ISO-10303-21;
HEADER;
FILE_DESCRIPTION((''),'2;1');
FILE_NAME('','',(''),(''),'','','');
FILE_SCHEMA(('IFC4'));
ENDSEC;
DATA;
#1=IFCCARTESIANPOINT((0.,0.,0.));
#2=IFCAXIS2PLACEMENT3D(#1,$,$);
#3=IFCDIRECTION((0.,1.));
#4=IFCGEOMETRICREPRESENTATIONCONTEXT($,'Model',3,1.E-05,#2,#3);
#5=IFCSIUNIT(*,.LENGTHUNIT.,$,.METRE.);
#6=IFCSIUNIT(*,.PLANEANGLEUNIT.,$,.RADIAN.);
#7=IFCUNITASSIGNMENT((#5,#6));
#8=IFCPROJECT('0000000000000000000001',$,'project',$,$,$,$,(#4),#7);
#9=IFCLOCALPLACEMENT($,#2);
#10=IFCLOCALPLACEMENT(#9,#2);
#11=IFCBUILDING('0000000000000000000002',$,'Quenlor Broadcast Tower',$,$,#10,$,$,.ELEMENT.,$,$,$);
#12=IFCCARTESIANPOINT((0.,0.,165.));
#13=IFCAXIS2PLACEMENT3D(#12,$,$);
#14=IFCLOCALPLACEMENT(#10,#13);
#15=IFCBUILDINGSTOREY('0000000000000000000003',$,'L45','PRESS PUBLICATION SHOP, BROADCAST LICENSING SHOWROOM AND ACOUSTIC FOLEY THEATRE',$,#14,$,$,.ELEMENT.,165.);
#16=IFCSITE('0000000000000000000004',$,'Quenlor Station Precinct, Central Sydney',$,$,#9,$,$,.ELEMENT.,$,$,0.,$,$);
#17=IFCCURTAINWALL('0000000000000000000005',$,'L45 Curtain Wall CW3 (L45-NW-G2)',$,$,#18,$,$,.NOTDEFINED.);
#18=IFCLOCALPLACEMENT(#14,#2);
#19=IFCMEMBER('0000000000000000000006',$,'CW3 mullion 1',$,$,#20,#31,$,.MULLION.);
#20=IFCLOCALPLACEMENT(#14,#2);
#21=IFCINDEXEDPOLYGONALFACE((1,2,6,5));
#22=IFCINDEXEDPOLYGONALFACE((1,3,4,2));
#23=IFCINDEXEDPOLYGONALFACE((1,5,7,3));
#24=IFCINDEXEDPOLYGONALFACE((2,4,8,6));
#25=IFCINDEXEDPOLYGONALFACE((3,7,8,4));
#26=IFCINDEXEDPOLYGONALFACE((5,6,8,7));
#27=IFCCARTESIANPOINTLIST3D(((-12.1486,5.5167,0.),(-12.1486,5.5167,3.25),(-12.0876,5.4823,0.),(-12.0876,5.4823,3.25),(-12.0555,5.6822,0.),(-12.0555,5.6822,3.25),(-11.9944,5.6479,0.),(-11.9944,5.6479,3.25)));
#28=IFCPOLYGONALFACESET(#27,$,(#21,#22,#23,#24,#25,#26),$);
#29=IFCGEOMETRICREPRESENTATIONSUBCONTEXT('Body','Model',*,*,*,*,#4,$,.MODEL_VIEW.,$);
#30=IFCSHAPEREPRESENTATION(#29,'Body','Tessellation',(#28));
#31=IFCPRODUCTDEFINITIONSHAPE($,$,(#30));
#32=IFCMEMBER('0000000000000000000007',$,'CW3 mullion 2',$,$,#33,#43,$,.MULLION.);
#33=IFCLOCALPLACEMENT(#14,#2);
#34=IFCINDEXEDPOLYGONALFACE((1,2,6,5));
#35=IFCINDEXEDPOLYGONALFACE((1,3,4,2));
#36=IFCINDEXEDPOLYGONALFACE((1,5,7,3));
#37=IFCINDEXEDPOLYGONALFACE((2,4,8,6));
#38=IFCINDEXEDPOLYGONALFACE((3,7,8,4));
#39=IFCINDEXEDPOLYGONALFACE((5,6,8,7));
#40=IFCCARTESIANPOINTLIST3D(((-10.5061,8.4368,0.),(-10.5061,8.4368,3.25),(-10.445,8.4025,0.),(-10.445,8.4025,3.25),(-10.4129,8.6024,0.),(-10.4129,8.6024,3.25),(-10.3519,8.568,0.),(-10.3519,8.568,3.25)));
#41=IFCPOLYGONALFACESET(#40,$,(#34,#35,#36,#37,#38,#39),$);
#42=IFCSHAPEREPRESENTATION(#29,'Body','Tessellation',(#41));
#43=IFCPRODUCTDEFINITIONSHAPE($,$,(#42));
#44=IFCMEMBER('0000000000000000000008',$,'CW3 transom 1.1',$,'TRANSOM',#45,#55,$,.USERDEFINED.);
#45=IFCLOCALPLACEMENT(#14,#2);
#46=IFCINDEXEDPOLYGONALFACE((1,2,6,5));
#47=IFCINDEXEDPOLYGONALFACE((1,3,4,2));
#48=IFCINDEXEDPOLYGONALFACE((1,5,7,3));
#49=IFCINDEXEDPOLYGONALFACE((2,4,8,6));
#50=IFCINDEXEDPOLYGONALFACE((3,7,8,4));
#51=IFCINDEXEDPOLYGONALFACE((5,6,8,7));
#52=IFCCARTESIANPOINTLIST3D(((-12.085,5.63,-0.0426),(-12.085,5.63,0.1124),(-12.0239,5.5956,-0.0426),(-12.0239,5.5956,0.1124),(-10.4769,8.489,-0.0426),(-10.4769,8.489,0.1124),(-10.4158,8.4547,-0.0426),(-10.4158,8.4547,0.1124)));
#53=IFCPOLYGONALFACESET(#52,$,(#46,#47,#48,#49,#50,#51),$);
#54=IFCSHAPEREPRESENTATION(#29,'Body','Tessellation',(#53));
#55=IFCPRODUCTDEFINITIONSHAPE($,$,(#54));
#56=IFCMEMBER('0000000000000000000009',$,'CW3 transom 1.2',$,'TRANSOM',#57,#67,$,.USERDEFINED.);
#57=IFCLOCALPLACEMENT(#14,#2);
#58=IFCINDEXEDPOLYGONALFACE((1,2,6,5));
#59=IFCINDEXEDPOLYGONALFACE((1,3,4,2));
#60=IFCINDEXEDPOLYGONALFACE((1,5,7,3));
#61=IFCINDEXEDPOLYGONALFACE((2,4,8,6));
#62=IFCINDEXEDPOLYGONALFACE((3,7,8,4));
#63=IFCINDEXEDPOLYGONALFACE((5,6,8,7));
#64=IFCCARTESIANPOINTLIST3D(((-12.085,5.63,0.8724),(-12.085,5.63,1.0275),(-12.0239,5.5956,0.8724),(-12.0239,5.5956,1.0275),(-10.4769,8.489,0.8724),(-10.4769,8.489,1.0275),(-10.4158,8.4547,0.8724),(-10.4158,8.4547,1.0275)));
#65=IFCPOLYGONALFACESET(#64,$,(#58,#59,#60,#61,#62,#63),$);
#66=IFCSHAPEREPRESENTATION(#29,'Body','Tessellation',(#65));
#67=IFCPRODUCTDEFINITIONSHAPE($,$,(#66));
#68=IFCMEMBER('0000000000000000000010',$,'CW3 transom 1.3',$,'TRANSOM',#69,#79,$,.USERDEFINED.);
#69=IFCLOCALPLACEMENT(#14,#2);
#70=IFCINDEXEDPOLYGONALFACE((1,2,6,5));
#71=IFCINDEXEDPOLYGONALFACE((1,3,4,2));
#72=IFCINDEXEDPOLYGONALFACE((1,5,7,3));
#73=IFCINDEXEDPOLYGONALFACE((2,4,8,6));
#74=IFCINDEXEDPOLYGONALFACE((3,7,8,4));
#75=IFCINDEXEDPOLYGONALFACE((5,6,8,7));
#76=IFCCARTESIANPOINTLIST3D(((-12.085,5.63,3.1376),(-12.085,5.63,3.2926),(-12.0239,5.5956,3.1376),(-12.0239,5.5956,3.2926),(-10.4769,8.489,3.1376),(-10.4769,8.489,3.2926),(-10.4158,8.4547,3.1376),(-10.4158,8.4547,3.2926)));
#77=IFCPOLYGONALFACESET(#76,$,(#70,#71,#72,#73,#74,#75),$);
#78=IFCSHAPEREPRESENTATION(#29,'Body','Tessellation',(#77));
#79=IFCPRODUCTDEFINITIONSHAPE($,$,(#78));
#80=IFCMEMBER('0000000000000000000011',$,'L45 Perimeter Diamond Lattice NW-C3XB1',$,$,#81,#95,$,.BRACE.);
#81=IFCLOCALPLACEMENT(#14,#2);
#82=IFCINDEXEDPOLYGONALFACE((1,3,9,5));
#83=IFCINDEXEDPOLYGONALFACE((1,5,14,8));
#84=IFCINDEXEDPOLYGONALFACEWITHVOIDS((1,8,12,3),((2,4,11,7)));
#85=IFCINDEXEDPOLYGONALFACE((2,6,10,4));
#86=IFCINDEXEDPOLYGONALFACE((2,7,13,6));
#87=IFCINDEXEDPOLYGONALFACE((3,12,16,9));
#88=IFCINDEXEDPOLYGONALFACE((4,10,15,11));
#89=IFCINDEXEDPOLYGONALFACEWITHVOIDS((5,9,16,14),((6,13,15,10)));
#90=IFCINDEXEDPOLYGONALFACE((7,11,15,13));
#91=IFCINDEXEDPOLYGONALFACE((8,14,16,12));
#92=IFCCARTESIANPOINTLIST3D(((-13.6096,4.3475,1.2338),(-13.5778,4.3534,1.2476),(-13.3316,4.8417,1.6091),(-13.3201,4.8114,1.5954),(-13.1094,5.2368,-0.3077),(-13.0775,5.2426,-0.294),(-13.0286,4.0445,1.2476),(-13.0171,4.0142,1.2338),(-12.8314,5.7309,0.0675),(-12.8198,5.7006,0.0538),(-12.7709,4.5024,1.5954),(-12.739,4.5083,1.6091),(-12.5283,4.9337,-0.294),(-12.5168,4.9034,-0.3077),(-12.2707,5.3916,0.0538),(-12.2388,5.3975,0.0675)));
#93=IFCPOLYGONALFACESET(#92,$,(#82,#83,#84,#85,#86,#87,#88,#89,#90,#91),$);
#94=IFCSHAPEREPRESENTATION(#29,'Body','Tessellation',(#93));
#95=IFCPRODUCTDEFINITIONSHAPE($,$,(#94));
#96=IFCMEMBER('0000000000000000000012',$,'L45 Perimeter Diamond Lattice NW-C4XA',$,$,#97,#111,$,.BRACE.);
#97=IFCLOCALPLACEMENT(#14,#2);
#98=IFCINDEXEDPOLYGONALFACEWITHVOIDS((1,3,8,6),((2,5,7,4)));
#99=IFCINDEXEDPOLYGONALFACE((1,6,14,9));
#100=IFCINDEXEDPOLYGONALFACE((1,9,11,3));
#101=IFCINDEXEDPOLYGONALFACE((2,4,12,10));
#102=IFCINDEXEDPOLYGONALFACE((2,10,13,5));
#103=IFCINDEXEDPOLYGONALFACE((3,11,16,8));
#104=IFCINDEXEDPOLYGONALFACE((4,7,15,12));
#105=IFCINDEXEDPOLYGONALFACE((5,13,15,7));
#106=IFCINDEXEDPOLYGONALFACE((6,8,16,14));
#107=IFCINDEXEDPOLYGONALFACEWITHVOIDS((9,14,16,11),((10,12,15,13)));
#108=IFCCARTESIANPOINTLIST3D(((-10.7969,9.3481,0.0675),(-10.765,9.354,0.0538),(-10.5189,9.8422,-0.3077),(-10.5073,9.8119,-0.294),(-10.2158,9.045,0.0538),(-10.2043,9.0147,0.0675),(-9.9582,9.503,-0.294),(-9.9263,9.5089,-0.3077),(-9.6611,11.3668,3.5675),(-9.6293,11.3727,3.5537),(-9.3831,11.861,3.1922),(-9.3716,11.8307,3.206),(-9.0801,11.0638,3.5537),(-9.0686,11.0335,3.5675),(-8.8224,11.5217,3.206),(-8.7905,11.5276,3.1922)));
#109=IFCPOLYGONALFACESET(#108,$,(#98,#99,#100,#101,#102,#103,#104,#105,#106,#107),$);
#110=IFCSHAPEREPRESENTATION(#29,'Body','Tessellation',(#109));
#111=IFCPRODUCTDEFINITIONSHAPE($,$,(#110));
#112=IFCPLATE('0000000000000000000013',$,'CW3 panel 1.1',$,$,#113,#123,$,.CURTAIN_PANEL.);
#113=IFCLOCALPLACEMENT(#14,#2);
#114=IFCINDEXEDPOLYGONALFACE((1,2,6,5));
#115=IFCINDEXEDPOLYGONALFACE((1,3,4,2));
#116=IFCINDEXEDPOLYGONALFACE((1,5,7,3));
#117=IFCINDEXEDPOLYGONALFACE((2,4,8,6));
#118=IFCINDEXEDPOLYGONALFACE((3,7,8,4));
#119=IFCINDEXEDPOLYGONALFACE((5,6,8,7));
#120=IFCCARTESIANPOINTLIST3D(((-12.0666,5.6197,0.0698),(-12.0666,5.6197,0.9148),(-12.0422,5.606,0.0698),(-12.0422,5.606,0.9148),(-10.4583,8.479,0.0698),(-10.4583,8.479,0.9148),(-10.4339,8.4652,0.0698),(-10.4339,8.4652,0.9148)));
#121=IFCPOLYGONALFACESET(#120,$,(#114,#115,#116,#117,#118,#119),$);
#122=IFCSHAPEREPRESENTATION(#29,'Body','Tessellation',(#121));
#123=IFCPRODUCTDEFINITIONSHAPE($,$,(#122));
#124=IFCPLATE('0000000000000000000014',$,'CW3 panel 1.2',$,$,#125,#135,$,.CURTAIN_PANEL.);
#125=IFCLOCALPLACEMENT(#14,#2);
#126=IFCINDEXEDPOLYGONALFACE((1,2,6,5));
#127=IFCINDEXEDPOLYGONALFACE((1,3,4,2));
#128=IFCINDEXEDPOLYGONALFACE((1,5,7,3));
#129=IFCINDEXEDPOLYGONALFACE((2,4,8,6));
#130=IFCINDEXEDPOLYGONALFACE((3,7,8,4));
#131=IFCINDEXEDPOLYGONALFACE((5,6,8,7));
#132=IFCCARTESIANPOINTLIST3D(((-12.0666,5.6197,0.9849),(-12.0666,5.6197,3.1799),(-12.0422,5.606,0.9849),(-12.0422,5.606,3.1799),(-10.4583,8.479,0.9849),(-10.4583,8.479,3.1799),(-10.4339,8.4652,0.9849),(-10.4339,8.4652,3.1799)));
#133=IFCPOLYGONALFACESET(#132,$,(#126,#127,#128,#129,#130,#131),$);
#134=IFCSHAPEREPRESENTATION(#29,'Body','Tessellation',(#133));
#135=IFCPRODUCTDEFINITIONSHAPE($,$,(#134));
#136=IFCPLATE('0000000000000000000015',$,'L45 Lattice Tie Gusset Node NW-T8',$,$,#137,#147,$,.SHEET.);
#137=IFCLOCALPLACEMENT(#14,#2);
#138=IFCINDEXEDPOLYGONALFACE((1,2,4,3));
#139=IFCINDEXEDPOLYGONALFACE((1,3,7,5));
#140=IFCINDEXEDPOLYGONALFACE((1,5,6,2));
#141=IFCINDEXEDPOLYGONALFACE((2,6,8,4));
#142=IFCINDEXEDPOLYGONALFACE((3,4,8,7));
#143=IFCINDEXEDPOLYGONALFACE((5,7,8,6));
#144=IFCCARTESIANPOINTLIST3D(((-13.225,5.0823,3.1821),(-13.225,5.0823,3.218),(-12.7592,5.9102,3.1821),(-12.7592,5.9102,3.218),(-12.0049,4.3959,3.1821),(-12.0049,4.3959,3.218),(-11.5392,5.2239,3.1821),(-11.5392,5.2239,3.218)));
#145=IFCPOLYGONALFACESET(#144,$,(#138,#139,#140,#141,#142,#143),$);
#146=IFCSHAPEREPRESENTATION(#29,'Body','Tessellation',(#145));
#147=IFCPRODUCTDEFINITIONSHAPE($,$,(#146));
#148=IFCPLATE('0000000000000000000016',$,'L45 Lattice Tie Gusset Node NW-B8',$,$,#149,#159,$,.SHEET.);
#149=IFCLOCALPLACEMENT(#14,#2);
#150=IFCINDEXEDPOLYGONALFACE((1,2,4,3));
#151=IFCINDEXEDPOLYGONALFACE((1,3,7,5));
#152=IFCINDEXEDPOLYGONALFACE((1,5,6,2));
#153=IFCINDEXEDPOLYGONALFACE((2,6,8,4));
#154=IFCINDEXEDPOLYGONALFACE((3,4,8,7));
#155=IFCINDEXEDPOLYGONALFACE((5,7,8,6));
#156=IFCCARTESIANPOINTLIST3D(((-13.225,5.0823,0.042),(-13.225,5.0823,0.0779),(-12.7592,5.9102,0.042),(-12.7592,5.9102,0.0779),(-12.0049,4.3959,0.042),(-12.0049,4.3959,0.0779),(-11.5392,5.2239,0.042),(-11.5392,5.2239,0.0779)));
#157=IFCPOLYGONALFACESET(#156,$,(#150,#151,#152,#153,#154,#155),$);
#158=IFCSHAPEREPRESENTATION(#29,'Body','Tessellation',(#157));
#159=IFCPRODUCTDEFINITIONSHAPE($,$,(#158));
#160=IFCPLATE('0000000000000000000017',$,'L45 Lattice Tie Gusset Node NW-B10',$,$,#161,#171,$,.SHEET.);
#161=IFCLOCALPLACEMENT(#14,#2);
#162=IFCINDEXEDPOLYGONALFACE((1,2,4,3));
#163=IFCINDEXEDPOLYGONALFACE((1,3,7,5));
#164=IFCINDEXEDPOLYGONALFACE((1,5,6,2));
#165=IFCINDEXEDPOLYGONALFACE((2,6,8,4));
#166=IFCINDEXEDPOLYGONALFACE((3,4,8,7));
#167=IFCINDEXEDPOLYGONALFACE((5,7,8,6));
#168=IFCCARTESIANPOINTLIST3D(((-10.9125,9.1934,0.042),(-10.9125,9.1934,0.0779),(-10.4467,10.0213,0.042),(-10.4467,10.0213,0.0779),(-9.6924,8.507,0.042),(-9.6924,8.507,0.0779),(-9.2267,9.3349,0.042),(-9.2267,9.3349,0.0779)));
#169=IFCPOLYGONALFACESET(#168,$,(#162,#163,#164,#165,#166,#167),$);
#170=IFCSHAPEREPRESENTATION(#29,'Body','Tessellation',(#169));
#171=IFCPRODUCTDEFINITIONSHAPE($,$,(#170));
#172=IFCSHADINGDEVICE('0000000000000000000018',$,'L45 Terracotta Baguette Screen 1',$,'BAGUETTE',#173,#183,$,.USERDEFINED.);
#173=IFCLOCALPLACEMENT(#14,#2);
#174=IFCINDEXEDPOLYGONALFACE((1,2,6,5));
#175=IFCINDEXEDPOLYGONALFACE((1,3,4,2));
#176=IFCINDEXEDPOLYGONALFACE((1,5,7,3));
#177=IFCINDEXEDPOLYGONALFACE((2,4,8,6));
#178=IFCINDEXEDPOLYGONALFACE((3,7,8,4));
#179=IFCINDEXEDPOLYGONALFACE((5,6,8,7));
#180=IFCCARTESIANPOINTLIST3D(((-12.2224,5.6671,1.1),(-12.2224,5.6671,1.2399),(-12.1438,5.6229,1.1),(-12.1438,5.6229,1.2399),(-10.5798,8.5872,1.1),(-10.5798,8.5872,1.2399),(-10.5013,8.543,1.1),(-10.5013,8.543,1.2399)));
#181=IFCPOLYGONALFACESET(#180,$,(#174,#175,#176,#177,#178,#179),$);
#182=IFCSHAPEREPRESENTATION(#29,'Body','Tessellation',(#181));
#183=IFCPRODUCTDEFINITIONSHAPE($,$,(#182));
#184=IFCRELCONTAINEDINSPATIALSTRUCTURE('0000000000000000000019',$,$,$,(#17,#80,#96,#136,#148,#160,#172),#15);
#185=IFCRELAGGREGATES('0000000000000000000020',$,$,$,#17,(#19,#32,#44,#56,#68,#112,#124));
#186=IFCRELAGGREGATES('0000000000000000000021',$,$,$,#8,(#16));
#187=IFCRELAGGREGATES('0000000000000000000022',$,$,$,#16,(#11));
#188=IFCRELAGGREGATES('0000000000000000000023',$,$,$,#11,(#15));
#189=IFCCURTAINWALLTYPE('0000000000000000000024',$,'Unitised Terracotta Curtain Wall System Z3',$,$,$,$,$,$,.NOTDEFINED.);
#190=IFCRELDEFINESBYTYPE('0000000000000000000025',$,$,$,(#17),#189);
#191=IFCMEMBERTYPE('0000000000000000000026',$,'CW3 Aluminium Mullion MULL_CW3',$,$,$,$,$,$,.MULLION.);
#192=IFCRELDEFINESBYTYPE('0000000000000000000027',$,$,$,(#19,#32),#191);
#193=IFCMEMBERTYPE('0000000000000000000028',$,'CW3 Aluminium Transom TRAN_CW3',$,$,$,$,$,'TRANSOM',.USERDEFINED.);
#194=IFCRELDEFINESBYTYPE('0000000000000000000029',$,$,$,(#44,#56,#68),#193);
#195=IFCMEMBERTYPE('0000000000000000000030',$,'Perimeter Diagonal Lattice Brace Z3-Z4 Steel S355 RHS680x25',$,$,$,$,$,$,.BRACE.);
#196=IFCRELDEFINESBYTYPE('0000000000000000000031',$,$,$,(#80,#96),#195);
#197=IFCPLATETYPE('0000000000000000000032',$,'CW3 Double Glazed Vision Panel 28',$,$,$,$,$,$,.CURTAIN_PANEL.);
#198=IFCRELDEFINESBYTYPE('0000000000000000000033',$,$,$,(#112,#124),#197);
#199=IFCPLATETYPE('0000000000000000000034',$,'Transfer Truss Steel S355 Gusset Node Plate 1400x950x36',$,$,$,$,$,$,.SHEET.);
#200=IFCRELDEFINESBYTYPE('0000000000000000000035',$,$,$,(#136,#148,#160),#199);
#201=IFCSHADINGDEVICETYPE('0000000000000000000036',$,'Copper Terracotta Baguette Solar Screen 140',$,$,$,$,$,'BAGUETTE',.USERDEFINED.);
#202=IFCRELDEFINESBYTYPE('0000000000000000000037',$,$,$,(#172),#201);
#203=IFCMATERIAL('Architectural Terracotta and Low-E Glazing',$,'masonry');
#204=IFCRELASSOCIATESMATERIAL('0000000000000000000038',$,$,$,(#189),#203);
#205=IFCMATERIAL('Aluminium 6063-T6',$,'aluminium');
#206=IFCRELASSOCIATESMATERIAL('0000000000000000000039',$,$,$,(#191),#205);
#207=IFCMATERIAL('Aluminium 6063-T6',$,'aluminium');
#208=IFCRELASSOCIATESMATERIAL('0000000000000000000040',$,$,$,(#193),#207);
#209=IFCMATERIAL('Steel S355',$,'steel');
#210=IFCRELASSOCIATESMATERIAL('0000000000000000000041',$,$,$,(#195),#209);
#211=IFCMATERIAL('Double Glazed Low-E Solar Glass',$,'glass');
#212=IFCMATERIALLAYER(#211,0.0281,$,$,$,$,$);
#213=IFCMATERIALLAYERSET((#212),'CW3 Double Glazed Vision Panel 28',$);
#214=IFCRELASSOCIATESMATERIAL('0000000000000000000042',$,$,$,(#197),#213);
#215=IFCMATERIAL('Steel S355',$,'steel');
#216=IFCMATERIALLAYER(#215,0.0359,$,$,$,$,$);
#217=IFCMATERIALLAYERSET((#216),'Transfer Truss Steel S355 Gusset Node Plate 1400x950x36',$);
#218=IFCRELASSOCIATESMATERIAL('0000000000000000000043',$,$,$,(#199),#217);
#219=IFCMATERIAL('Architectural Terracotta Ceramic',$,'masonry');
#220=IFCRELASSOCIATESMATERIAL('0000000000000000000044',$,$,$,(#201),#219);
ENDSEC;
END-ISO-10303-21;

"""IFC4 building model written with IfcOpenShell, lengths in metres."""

from ifc_helpers import new_model, si_unit, direction, frame, origin, origin_2d, place, context, subcontext, project, spatial, rectangle, hollow_rectangle, extrude, material, layer, layer_set, material_profile, profile_set, type_object, element, aggregate, save


model = new_model("IFC4")

# Units and contexts
model_context = context("Model", 3, precision=1e-05, world=origin(), true_north=direction((0.0, 1.0)))
body_context = subcontext(model_context, "Body", "Model", "MODEL_VIEW")
ifc_project = project(units=[si_unit("LENGTHUNIT", "METRE"), si_unit("PLANEANGLEUNIT", "RADIAN")], contexts=[model_context])

# Site, building, storey
site_placement = place(None, origin())
site = spatial("IfcSite", under=ifc_project, at=site_placement, Name="Quenlor Station Precinct, Central Sydney", CompositionType="ELEMENT", RefElevation=0.0)
building_placement = place(site_placement, origin())
building = spatial("IfcBuilding", under=site, at=building_placement, Name="Quenlor Broadcast Tower", CompositionType="ELEMENT")
storey_placement = place(building_placement, frame((0.0, 0.0, 165.0)))
storey = spatial("IfcBuildingStorey", under=building, at=storey_placement, Name="L45", Description="PRESS PUBLICATION SHOP, BROADCAST LICENSING SHOWROOM AND ACOUSTIC FOLEY THEATRE", CompositionType="ELEMENT", Elevation=165.0)

# Curtain wall, members
ifc_material_1 = material(Name="Architectural Terracotta and Low-E Glazing", Category="masonry")
curtain_wall_type = type_object("IfcCurtainWallType", Name="Unitised Terracotta Curtain Wall System Z3", PredefinedType="NOTDEFINED", material=ifc_material_1)
curtain_wall_placement = place(storey_placement, origin())
curtain_wall = element("IfcCurtainWall", 1, at=curtain_wall_placement, inside=storey, type_object=curtain_wall_type, Name="L45 Curtain Wall CW3 (L45-NW-G2)", PredefinedType="NOTDEFINED")
ifc_material_2 = material(Name="Aluminium 6063-T6", Category="aluminium")
ifc_material_profile_1 = material_profile(ifc_material_2, rectangle(XDim=0.0701, YDim=0.1899, at=origin_2d()))
ifc_profile_set_1 = profile_set([ifc_material_profile_1], Name="Aluminium 6063-T6 MULL70x190")
member_type_1 = type_object("IfcMemberType", Name="CW3 Aluminium Mullion MULL_CW3", PredefinedType="MULLION", material=ifc_profile_set_1)
member_1_placement = place(storey_placement, frame((-12.0715, 5.5823, 0.0), z_axis=(0.0, 0.0, 1.0), x_axis=(-0.871579, 0.490256, 0.0)))
member_1 = element("IfcMember", 2, at=member_1_placement, type_object=member_type_1, Name="CW3 mullion 1", PredefinedType="MULLION", context=body_context, shape_type="SweptSolid", body=[
    extrude(rectangle(XDim=0.0701, YDim=0.1899, at=origin_2d()), origin(), (0.0, 0.0, 1.0), 3.25),
])
member_2_placement = place(storey_placement, frame((-10.429, 8.5024, 0.0), z_axis=(0.0, 0.0, 1.0), x_axis=(-0.871579, 0.490256, 0.0)))
member_2 = element("IfcMember", 3, at=member_2_placement, type_object=member_type_1, Name="CW3 mullion 2", PredefinedType="MULLION", context=body_context, shape_type="SweptSolid", body=[
    extrude(rectangle(XDim=0.0701, YDim=0.1899, at=origin_2d()), origin(), (0.0, 0.0, 1.0), 3.25),
])
ifc_material_3 = material(Name="Aluminium 6063-T6", Category="aluminium")
ifc_material_profile_2 = material_profile(ifc_material_3, rectangle(XDim=0.0701, YDim=0.155, at=origin_2d()))
ifc_profile_set_2 = profile_set([ifc_material_profile_2], Name="Aluminium 6063-T6 TRAN70x155")
member_type_2 = type_object("IfcMemberType", Name="CW3 Aluminium Transom TRAN_CW3", ElementType="TRANSOM", PredefinedType="USERDEFINED", material=ifc_profile_set_2)
member_3_placement = place(storey_placement, frame((-12.0544, 5.6128, 0.0349), z_axis=(0.490237, 0.871589, 0.0), x_axis=(-0.871589, 0.490237, 0.0)))
member_3 = element("IfcMember", 4, at=member_3_placement, type_object=member_type_2, Name="CW3 transom 1.1", ObjectType="TRANSOM", PredefinedType="USERDEFINED", context=body_context, shape_type="SweptSolid", body=[
    extrude(rectangle(XDim=0.0701, YDim=0.155, at=origin_2d()), origin(), (0.0, 0.0, 1.0), 3.2803),
])
member_4_placement = place(storey_placement, frame((-12.0544, 5.6128, 0.95), z_axis=(0.490237, 0.871589, 0.0), x_axis=(-0.871589, 0.490237, 0.0)))
member_4 = element("IfcMember", 5, at=member_4_placement, type_object=member_type_2, Name="CW3 transom 1.2", ObjectType="TRANSOM", PredefinedType="USERDEFINED", context=body_context, shape_type="SweptSolid", body=[
    extrude(rectangle(XDim=0.0701, YDim=0.155, at=origin_2d()), origin(), (0.0, 0.0, 1.0), 3.2803),
])
member_5_placement = place(storey_placement, frame((-12.0544, 5.6128, 3.2151), z_axis=(0.490237, 0.871589, 0.0), x_axis=(-0.871589, 0.490237, 0.0)))
member_5 = element("IfcMember", 6, at=member_5_placement, type_object=member_type_2, Name="CW3 transom 1.3", ObjectType="TRANSOM", PredefinedType="USERDEFINED", context=body_context, shape_type="SweptSolid", body=[
    extrude(rectangle(XDim=0.0701, YDim=0.155, at=origin_2d()), origin(), (0.0, 0.0, 1.0), 3.2803),
])

# Members
ifc_material_4 = material(Name="Steel S355", Category="steel")
ifc_material_profile_3 = material_profile(ifc_material_4, hollow_rectangle(XDim=0.6799, YDim=0.6799, WallThickness=0.0249, at=origin_2d()))
ifc_profile_set_3 = profile_set([ifc_material_profile_3], Name="Steel S355 RHS680x680x25")
member_type_3 = type_object("IfcMemberType", Name="Perimeter Diagonal Lattice Brace Z3-Z4 Steel S355 RHS680x25", PredefinedType="BRACE", material=ifc_profile_set_3)
member_6_placement = place(storey_placement, frame((-12.6741, 5.3171, -0.1201), z_axis=(-0.270616, -0.481008, 0.833905), x_axis=(0.871537, -0.490329, 0.0)))
element("IfcMember", 7, at=member_6_placement, inside=storey, type_object=member_type_3, Name="L45 Perimeter Diamond Lattice NW-C3XB1", PredefinedType="BRACE", context=body_context, shape_type="SweptSolid", body=[
    extrude(hollow_rectangle(XDim=0.6799, YDim=0.6799, WallThickness=0.0249, at=origin_2d()), origin(), (0.0, 0.0, 1.0), 1.8486),
])
member_7_placement = place(storey_placement, frame((-10.3616, 9.4285, -0.1201), z_axis=(0.270603, 0.481001, 0.833914), x_axis=(-0.871545, 0.490316, 0.0)))
element("IfcMember", 8, at=member_7_placement, inside=storey, type_object=member_type_3, Name="L45 Perimeter Diamond Lattice NW-C4XA", PredefinedType="BRACE", context=body_context, shape_type="SweptSolid", body=[
    extrude(hollow_rectangle(XDim=0.6799, YDim=0.6799, WallThickness=0.0249, at=origin_2d()), origin(), (0.0, 0.0, 1.0), 4.197),
])

# Plates
ifc_material_5 = material(Name="Double Glazed Low-E Solar Glass", Category="glass")
ifc_layer_1 = layer(ifc_material_5, 0.0281)
ifc_layer_set_1 = layer_set([ifc_layer_1], Name="CW3 Double Glazed Vision Panel 28")
plate_type_1 = type_object("IfcPlateType", Name="CW3 Double Glazed Vision Panel 28", PredefinedType="CURTAIN_PANEL", material=ifc_layer_set_1)
plate_1_placement = place(storey_placement, frame((-11.2502, 7.0425, 0.0698), z_axis=(0.0, 0.0, 1.0), x_axis=(0.490256, 0.871579, 0.0)))
plate_1 = element("IfcPlate", 9, at=plate_1_placement, type_object=plate_type_1, Name="CW3 panel 1.1", PredefinedType="CURTAIN_PANEL", context=body_context, shape_type="SweptSolid", body=[
    extrude(rectangle(XDim=3.2805, YDim=0.0281, at=origin_2d()), origin(), (0.0, 0.0, 1.0), 0.845),
])
plate_2_placement = place(storey_placement, frame((-11.2502, 7.0425, 0.9849), z_axis=(0.0, 0.0, 1.0), x_axis=(0.490256, 0.871579, 0.0)))
plate_2 = element("IfcPlate", 10, at=plate_2_placement, type_object=plate_type_1, Name="CW3 panel 1.2", PredefinedType="CURTAIN_PANEL", context=body_context, shape_type="SweptSolid", body=[
    extrude(rectangle(XDim=3.2805, YDim=0.0281, at=origin_2d()), origin(), (0.0, 0.0, 1.0), 2.1951),
])
aggregate(curtain_wall, [member_1, member_2, member_3, member_4, member_5, plate_1, plate_2])

# Plates
ifc_material_6 = material(Name="Steel S355", Category="steel")
ifc_layer_2 = layer(ifc_material_6, 0.0359)
ifc_layer_set_2 = layer_set([ifc_layer_2], Name="Transfer Truss Steel S355 Gusset Node Plate 1400x950x36")
plate_type_2 = type_object("IfcPlateType", Name="Transfer Truss Steel S355 Gusset Node Plate 1400x950x36", PredefinedType="SHEET", material=ifc_layer_set_2)
for number, where, z_axis, x_axis, name in (
    (11, (-12.3821, 5.1531, 3.1821), (0.0, 0.0, 1.0), (-0.871556, 0.490295, 0.0), "L45 Lattice Tie Gusset Node NW-T8"),
    (12, (-12.3821, 5.1531, 0.042), (0.0, 0.0, 1.0), (-0.871556, 0.490295, 0.0), "L45 Lattice Tie Gusset Node NW-B8"),
    (13, (-10.0696, 9.2642, 0.042), (0.0, 0.0, 1.0), (-0.871556, 0.490295, 0.0), "L45 Lattice Tie Gusset Node NW-B10"),
):
    element("IfcPlate", number, at=place(storey_placement, frame(where, z_axis=z_axis, x_axis=x_axis)), inside=storey, type_object=plate_type_2, Name=name, PredefinedType="SHEET", context=body_context, shape_type="SweptSolid", body=[
        extrude(rectangle(XDim=1.3999, YDim=0.95, at=origin_2d()), origin(), (0.0, 0.0, 1.0), 0.0359),
    ])

# Shading device
ifc_material_7 = material(Name="Architectural Terracotta Ceramic", Category="masonry")
ifc_material_profile_4 = material_profile(ifc_material_7, rectangle(XDim=0.0901, YDim=0.1399, at=origin_2d()))
ifc_profile_set_4 = profile_set([ifc_material_profile_4], Name="Architectural Terracotta Ceramic BAG90x140")
shading_device_type = type_object("IfcShadingDeviceType", Name="Copper Terracotta Baguette Solar Screen 140", ElementType="BAGUETTE", PredefinedType="USERDEFINED", material=ifc_profile_set_4)
for number, where, z_axis, x_axis, name in (
    (14, (-12.1831, 5.645, 1.1699), (0.490258, 0.871577, 0.0), (-0.871577, 0.490258, 0.0), "L45 Terracotta Baguette Screen 1"),
):
    element("IfcShadingDevice", number, at=place(storey_placement, frame(where, z_axis=z_axis, x_axis=x_axis)), inside=storey, type_object=shading_device_type, Name=name, ObjectType="BAGUETTE", PredefinedType="USERDEFINED", context=body_context, shape_type="SweptSolid", body=[
        extrude(rectangle(XDim=0.0901, YDim=0.1399, at=origin_2d()), origin(), (0.0, 0.0, 1.0), 3.3503),
    ])

save(model, "model.ifc")
